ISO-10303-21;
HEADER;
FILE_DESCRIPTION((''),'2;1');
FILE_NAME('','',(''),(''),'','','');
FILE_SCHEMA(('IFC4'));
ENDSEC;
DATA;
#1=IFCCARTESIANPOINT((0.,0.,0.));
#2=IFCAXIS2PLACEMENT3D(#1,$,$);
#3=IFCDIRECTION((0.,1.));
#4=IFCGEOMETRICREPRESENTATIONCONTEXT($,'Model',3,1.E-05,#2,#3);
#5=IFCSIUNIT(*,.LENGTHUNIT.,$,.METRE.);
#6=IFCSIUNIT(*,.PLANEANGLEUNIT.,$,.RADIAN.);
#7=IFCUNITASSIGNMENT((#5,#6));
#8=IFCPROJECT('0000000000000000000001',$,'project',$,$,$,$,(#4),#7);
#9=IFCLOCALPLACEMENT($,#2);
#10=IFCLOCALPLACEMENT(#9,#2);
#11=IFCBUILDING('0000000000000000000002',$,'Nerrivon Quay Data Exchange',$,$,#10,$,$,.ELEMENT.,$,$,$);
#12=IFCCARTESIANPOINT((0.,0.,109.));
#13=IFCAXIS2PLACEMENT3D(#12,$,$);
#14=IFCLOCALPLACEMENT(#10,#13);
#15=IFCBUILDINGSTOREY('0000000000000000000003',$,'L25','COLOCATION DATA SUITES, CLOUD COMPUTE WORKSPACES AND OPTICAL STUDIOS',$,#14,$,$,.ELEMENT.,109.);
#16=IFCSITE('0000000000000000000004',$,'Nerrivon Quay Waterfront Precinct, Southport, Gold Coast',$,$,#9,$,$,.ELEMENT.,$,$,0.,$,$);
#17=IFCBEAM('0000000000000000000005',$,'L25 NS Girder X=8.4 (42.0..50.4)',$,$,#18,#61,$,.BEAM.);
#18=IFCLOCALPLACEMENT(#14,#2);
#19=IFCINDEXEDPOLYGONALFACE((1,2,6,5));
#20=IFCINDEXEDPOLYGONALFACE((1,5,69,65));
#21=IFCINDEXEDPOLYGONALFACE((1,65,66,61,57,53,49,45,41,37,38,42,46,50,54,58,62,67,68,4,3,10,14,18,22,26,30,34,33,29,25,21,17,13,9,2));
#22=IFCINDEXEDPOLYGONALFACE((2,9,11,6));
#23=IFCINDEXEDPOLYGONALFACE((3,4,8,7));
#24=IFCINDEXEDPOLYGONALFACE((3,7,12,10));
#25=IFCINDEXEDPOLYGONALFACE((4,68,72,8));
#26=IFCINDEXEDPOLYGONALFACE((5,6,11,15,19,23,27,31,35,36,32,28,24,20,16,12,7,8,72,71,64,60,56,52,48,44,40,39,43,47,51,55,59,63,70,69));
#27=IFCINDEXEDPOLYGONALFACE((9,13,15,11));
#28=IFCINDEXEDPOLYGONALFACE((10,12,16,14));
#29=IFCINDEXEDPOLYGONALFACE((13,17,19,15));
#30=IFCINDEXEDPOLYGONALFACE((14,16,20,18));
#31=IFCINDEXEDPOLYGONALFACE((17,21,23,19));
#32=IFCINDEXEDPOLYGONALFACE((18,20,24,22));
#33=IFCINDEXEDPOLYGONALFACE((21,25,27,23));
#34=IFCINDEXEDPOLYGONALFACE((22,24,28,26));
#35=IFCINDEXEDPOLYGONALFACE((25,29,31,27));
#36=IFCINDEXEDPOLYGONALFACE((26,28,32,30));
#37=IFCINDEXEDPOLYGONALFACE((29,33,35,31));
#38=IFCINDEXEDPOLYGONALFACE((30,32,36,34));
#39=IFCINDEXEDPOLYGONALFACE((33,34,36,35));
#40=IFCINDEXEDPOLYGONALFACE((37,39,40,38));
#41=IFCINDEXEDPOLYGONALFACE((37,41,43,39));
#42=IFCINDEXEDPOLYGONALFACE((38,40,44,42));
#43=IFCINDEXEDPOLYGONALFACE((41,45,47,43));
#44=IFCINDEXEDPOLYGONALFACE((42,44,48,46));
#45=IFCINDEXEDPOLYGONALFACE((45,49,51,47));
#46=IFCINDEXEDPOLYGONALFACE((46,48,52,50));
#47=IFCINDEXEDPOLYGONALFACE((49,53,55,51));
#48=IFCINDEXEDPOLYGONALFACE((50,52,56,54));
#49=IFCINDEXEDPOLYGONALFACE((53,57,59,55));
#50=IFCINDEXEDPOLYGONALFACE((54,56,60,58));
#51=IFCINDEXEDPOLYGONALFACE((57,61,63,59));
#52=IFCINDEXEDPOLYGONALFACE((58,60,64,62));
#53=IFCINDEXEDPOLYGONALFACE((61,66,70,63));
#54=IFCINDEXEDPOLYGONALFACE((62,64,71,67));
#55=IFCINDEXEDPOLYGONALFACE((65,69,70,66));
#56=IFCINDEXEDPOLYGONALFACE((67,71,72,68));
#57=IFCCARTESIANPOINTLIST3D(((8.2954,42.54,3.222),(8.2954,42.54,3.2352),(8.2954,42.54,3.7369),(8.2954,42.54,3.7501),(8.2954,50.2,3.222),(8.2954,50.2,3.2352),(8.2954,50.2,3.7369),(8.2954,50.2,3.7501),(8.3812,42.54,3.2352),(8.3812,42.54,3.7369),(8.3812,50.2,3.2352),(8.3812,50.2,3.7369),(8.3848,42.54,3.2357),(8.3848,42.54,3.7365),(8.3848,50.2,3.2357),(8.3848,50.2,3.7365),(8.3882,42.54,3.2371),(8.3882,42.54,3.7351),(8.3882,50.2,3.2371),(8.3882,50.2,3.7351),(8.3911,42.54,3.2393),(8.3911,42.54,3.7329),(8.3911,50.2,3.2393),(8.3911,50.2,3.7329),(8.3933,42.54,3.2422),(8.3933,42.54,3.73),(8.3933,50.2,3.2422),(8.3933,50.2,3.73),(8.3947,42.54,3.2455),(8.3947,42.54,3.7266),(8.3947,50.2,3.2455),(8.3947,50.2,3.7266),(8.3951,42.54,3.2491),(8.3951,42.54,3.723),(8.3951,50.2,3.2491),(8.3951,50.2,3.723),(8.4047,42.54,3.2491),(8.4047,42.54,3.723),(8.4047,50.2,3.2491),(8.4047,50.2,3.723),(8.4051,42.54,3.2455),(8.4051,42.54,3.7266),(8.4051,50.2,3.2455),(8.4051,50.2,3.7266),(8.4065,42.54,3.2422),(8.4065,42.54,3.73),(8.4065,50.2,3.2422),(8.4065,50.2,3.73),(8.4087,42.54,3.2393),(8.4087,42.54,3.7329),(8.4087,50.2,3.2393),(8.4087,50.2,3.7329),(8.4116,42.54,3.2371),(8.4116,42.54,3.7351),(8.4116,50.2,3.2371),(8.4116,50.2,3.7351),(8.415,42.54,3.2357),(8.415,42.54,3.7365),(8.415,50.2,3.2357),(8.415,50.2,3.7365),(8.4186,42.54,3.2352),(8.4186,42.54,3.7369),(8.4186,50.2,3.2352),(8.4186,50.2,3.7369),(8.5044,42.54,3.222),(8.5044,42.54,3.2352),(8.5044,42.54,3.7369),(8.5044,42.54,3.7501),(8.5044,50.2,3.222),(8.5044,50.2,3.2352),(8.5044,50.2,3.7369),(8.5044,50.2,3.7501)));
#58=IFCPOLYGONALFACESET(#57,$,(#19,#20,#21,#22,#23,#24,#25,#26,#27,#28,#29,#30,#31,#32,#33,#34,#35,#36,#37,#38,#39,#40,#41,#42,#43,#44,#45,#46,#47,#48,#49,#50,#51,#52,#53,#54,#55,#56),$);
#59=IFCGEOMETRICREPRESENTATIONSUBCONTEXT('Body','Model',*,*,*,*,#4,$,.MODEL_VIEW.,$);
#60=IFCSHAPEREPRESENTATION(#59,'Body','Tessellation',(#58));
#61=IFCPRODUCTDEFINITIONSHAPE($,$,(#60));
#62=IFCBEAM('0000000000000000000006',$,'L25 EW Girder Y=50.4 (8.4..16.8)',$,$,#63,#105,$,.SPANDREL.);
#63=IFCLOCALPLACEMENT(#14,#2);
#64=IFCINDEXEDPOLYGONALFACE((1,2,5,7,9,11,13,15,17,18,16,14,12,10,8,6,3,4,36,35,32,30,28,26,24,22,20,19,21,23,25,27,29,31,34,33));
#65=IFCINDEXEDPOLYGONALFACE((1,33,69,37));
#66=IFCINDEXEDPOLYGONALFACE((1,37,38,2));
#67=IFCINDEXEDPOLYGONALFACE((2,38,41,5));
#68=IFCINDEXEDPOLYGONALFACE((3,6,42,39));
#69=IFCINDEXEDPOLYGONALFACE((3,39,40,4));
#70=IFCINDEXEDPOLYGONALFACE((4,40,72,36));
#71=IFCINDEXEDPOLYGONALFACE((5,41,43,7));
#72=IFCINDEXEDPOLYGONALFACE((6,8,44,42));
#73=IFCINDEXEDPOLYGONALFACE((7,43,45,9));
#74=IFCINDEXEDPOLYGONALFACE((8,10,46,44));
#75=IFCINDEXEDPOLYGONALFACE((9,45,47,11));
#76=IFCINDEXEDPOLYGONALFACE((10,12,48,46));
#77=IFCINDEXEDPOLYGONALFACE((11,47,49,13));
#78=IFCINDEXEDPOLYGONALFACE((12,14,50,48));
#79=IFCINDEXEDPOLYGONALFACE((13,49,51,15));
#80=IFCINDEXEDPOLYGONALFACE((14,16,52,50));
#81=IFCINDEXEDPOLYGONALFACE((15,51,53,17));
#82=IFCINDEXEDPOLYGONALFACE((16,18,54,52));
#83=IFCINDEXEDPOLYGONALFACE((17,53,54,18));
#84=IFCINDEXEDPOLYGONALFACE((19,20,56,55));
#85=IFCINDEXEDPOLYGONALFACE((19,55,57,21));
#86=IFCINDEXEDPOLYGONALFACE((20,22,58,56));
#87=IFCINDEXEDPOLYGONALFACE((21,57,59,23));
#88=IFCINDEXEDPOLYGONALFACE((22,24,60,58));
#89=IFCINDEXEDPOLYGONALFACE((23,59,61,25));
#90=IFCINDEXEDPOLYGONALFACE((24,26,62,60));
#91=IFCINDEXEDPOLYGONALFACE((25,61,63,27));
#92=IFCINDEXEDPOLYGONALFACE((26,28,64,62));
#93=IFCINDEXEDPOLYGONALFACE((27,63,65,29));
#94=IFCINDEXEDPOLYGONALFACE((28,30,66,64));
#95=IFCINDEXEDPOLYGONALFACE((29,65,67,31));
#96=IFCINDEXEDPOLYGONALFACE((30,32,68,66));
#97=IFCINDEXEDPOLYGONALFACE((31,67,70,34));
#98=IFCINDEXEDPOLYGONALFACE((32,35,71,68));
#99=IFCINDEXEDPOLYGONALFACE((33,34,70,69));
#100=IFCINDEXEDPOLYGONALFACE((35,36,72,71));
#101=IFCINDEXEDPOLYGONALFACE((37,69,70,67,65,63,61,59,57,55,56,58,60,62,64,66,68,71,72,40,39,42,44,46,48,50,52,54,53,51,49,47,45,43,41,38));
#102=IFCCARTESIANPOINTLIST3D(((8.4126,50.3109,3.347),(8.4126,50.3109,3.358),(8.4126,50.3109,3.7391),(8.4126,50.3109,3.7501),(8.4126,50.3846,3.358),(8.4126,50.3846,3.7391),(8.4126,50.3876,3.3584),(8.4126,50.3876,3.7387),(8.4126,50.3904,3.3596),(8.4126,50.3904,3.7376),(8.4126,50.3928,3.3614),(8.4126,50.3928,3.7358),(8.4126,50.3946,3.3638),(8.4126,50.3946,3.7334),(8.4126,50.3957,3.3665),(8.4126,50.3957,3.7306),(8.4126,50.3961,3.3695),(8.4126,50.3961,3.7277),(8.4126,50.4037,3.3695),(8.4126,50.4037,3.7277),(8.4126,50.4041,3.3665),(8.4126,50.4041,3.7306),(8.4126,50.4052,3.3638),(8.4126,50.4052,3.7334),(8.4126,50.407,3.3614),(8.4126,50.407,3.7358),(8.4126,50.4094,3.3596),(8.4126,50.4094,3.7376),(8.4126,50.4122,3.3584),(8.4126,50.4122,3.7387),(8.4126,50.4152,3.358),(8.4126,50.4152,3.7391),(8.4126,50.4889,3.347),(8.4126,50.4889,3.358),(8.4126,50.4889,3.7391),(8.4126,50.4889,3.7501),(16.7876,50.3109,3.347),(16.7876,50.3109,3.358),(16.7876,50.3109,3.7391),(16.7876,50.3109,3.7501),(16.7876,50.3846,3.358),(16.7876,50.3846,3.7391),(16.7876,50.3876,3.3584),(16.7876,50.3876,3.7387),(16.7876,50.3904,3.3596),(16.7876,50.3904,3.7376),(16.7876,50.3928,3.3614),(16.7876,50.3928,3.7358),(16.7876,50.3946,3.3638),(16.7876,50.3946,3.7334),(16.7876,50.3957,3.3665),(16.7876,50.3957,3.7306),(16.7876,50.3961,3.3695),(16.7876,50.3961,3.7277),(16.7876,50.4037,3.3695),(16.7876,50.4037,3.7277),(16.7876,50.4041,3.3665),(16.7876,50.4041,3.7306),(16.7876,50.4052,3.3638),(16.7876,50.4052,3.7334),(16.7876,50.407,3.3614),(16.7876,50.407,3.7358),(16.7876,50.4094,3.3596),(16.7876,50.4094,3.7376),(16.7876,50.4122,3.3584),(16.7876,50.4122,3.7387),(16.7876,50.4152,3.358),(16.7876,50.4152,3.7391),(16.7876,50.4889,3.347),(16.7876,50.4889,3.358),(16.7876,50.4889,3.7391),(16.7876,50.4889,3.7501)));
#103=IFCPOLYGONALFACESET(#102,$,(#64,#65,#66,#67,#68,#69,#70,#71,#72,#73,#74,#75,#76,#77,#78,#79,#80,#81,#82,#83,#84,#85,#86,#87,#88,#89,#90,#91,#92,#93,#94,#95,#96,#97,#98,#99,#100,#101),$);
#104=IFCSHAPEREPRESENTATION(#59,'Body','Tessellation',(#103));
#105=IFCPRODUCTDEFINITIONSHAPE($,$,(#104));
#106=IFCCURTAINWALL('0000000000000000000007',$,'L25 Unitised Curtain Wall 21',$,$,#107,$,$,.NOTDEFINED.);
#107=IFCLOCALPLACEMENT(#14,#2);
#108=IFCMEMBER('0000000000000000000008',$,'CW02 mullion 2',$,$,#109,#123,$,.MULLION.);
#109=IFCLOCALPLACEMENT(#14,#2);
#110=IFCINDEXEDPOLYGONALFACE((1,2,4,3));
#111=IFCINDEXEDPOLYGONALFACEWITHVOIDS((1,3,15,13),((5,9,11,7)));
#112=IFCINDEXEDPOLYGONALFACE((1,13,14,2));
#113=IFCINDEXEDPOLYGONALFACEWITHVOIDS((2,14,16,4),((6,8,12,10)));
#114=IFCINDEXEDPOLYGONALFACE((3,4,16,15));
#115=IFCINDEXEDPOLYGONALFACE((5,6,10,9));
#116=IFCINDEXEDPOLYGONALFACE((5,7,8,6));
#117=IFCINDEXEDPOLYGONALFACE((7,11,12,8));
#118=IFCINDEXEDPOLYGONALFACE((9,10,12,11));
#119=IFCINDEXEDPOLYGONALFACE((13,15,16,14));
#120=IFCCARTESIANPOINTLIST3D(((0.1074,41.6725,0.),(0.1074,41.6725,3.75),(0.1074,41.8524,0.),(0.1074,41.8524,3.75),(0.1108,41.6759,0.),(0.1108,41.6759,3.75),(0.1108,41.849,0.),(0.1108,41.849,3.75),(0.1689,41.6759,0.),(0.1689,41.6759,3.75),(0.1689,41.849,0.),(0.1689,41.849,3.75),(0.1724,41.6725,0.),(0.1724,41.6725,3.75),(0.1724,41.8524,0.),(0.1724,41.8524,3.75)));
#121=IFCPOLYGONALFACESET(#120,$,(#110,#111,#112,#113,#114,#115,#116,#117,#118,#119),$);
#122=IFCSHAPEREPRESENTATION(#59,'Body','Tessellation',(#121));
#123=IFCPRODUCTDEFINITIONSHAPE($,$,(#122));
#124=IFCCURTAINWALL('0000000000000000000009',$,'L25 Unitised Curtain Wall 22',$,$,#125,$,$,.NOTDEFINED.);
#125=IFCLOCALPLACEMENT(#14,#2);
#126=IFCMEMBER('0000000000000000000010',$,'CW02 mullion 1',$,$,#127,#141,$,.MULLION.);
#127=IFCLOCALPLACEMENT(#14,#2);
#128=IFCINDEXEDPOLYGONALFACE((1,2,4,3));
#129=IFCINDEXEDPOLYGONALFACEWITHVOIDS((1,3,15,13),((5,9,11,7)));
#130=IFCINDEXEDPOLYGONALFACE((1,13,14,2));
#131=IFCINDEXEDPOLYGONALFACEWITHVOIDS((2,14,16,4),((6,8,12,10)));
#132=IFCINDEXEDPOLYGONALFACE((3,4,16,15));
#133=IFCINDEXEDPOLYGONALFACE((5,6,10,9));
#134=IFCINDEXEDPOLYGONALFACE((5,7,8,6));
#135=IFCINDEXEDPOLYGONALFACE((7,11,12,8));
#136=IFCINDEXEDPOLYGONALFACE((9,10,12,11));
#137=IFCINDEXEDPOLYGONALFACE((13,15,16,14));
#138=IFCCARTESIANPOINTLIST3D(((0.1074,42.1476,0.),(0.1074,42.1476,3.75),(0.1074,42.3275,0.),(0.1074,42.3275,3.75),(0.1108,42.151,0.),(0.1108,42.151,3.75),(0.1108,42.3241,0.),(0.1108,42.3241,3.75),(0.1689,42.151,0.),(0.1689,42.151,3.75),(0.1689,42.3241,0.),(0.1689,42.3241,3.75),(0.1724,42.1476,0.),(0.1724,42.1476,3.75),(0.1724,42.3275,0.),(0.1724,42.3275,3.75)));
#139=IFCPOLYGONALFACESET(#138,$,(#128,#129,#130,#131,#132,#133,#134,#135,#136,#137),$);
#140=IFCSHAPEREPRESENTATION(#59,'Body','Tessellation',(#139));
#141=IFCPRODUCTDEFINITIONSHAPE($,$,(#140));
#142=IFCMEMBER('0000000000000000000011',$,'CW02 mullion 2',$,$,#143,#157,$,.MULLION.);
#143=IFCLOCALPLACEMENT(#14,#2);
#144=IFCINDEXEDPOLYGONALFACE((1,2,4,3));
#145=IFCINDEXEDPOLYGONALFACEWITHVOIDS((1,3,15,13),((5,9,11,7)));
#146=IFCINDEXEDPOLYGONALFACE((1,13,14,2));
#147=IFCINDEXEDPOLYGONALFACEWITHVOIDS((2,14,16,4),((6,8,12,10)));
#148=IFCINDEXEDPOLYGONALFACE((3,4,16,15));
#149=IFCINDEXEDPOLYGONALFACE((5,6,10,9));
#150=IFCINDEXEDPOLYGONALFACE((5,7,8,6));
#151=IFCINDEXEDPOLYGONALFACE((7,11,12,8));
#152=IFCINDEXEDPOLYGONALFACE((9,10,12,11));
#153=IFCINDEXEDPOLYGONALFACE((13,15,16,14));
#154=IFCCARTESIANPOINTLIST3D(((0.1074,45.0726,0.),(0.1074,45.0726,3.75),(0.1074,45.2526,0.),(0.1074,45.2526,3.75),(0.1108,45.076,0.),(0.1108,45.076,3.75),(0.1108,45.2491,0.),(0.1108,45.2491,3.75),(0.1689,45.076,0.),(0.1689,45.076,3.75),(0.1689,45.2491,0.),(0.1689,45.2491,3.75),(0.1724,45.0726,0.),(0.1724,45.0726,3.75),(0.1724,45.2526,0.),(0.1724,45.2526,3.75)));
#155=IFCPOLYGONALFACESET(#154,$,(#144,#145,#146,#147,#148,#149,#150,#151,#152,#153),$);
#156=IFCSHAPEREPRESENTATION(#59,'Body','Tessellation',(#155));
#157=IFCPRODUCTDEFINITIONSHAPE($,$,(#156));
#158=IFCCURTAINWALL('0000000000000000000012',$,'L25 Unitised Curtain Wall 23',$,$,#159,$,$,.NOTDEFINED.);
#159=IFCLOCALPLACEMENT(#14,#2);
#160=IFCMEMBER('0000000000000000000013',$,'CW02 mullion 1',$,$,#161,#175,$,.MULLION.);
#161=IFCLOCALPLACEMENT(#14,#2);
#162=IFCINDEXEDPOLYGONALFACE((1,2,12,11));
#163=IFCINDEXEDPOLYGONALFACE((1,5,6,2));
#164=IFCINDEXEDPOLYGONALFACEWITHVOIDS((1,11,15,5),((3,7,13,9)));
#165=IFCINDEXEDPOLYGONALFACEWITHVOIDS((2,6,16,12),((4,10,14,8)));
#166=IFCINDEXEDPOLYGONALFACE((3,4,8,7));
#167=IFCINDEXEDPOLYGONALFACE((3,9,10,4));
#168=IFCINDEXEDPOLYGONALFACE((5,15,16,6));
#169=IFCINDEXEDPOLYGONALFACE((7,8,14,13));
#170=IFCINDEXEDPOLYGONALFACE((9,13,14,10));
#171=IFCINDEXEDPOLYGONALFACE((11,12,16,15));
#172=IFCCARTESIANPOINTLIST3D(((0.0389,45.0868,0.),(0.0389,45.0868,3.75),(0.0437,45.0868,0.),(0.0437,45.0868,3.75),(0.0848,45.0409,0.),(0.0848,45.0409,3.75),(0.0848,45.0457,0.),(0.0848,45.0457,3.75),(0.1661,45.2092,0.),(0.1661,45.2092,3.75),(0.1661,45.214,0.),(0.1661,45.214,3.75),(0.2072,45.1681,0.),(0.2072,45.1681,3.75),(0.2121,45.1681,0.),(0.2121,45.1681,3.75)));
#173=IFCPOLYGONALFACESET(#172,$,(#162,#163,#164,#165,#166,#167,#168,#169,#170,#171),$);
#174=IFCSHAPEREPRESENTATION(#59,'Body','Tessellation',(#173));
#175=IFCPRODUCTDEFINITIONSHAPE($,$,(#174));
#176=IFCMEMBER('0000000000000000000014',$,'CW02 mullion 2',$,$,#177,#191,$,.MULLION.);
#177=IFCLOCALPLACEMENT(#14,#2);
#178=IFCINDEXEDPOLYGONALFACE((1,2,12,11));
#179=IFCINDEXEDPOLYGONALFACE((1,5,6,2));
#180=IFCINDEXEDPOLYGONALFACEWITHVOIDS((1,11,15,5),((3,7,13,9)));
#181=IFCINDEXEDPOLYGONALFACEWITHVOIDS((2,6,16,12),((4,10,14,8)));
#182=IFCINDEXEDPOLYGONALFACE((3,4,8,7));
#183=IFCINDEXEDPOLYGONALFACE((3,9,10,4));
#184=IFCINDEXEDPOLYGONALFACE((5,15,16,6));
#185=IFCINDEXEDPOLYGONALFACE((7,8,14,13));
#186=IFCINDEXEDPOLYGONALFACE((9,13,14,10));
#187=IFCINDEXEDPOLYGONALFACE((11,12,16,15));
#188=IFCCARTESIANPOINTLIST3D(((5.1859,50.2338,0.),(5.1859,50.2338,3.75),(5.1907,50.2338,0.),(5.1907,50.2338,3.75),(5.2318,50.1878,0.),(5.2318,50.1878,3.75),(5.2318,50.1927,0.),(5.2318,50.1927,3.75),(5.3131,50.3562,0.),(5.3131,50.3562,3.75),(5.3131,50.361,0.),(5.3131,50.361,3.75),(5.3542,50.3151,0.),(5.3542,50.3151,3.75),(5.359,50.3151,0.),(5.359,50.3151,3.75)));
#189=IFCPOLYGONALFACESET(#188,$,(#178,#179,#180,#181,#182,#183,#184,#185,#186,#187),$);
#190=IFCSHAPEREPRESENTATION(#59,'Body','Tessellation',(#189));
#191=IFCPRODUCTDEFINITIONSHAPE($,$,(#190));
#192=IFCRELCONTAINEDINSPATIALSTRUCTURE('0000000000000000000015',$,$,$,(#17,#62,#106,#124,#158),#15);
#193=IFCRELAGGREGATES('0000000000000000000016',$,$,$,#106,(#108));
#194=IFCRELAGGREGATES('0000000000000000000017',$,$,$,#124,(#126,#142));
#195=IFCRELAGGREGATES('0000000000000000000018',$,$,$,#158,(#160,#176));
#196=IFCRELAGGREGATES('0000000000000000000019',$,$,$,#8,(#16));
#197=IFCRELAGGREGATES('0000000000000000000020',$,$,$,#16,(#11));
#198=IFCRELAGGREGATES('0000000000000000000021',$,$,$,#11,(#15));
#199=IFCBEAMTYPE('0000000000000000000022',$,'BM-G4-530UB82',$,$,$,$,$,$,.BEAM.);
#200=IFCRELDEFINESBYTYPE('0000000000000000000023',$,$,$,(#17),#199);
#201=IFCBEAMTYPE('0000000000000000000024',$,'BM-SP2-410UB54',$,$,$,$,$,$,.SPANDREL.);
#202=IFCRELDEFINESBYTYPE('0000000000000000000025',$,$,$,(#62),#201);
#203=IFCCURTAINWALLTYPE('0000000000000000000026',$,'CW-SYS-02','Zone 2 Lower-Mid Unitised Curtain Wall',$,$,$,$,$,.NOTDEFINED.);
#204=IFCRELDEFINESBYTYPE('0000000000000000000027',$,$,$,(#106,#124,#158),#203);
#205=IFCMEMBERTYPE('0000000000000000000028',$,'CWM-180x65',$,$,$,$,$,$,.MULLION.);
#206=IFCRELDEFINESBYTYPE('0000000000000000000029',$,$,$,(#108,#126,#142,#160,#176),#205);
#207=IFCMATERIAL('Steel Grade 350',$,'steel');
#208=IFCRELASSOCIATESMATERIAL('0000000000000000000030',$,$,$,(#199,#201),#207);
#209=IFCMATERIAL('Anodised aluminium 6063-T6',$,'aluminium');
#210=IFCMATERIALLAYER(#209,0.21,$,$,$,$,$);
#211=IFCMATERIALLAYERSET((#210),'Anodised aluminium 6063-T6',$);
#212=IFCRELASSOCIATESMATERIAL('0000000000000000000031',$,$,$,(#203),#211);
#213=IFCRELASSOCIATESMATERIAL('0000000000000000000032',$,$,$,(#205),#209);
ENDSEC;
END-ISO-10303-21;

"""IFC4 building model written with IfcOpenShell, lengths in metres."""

from ifc_helpers import new_model, si_unit, direction, frame, origin, origin_2d, place, context, subcontext, project, spatial, hollow_rectangle, i_section, extrude, material, layer, layer_set, material_profile, profile_set, type_object, element, aggregate, save


model = new_model("IFC4")

# Units and contexts
model_context = context("Model", 3, precision=1e-05, world=origin(), true_north=direction((0.0, 1.0)))
body_context = subcontext(model_context, "Body", "Model", "MODEL_VIEW")
ifc_project = project(units=[si_unit("LENGTHUNIT", "METRE"), si_unit("PLANEANGLEUNIT", "RADIAN")], contexts=[model_context])

# Site, building, storey
site_placement = place(None, origin())
site = spatial("IfcSite", under=ifc_project, at=site_placement, Name="Nerrivon Quay Waterfront Precinct, Southport, Gold Coast", CompositionType="ELEMENT", RefElevation=0.0)
building_placement = place(site_placement, origin())
building = spatial("IfcBuilding", under=site, at=building_placement, Name="Nerrivon Quay Data Exchange", CompositionType="ELEMENT")
storey_placement = place(building_placement, frame((0.0, 0.0, 109.0)))
storey = spatial("IfcBuildingStorey", under=building, at=storey_placement, Name="L25", Description="COLOCATION DATA SUITES, CLOUD COMPUTE WORKSPACES AND OPTICAL STUDIOS", CompositionType="ELEMENT", Elevation=109.0)

# Shared definitions
ifc_material_1 = material(Name="Steel Grade 350", Category="steel")

# Beams
ifc_material_profile_1 = material_profile(ifc_material_1, i_section(OverallWidth=0.209, OverallDepth=0.5281, WebThickness=0.0095, FlangeThickness=0.0132, FilletRadius=0.0139, at=origin_2d()), Name="530UB82.0")
ifc_profile_set_1 = profile_set([ifc_material_profile_1], Name="Steel Grade 350")
beam_type_1 = type_object("IfcBeamType", Name="BM-G4-530UB82", PredefinedType="BEAM", material=ifc_profile_set_1)
beam_1_placement = place(storey_placement, frame((8.3999, 42.54, 3.4861), z_axis=(0.0, 1.0, 0.0), x_axis=(-1.0, 0.0, 0.0)))
element("IfcBeam", 1, at=beam_1_placement, inside=storey, type_object=beam_type_1, Name="L25 NS Girder X=8.4 (42.0..50.4)", PredefinedType="BEAM", context=body_context, shape_type="SweptSolid", body=[
    extrude(i_section(OverallWidth=0.209, OverallDepth=0.5281, WebThickness=0.0095, FlangeThickness=0.0132, FilletRadius=0.0139, at=origin_2d()), origin(), (0.0, 0.0, 1.0), 7.6599),
])
ifc_material_profile_2 = material_profile(ifc_material_1, i_section(OverallWidth=0.178, OverallDepth=0.4031, WebThickness=0.0076, FlangeThickness=0.011, FilletRadius=0.0115, at=origin_2d()), Name="410UB53.7")
ifc_profile_set_2 = profile_set([ifc_material_profile_2], Name="Steel Grade 350")
beam_type_2 = type_object("IfcBeamType", Name="BM-SP2-410UB54", PredefinedType="SPANDREL", material=ifc_profile_set_2)
beam_2_placement = place(storey_placement, frame((8.4126, 50.3999, 3.5486), z_axis=(1.0, 0.0, 0.0), x_axis=(0.0, 1.0, 0.0)))
element("IfcBeam", 2, at=beam_2_placement, inside=storey, type_object=beam_type_2, Name="L25 EW Girder Y=50.4 (8.4..16.8)", PredefinedType="SPANDREL", context=body_context, shape_type="SweptSolid", body=[
    extrude(i_section(OverallWidth=0.178, OverallDepth=0.4031, WebThickness=0.0076, FlangeThickness=0.011, FilletRadius=0.0115, at=origin_2d()), origin(), (0.0, 0.0, 1.0), 8.375),
])

# Curtain wall, member
ifc_material_2 = material(Name="Anodised aluminium 6063-T6", Category="aluminium")
ifc_layer_1 = layer(ifc_material_2, 0.21)
ifc_layer_set_1 = layer_set([ifc_layer_1], Name="Anodised aluminium 6063-T6")
curtain_wall_type = type_object("IfcCurtainWallType", Name="CW-SYS-02", Description="Zone 2 Lower-Mid Unitised Curtain Wall", PredefinedType="NOTDEFINED", material=ifc_layer_set_1)
curtain_wall_1_placement = place(storey_placement, origin())
curtain_wall_1 = element("IfcCurtainWall", 3, at=curtain_wall_1_placement, inside=storey, type_object=curtain_wall_type, Name="L25 Unitised Curtain Wall 21", PredefinedType="NOTDEFINED")
ifc_material_profile_3 = material_profile(ifc_material_2, hollow_rectangle(XDim=0.0649, YDim=0.1799, WallThickness=0.0034, at=origin_2d()), Name="ALU-MULL-180x65")
ifc_profile_set_3 = profile_set([ifc_material_profile_3], Name="Anodised aluminium 6063-T6")
member_type_1 = type_object("IfcMemberType", Name="CWM-180x65", PredefinedType="MULLION", material=ifc_profile_set_3)
member_1_placement = place(storey_placement, frame((0.1399, 41.7625, 0.0), z_axis=(0.0, 0.0, 1.0), x_axis=(-1.0, 0.0, 0.0)))
member_1 = element("IfcMember", 4, at=member_1_placement, type_object=member_type_1, Name="CW02 mullion 2", PredefinedType="MULLION", context=body_context, shape_type="SweptSolid", body=[
    extrude(hollow_rectangle(XDim=0.0649, YDim=0.1799, WallThickness=0.0034, at=origin_2d()), origin(), (0.0, 0.0, 1.0), 3.75),
])

# Curtain walls, members
curtain_wall_2_placement = place(storey_placement, origin())
curtain_wall_2 = element("IfcCurtainWall", 5, at=curtain_wall_2_placement, inside=storey, type_object=curtain_wall_type, Name="L25 Unitised Curtain Wall 22", PredefinedType="NOTDEFINED")
member_2_placement = place(storey_placement, frame((0.1399, 42.2375, 0.0), z_axis=(0.0, 0.0, 1.0), x_axis=(-1.0, 0.0, 0.0)))
member_2 = element("IfcMember", 6, at=member_2_placement, type_object=member_type_1, Name="CW02 mullion 1", PredefinedType="MULLION", context=body_context, shape_type="SweptSolid", body=[
    extrude(hollow_rectangle(XDim=0.0649, YDim=0.1799, WallThickness=0.0034, at=origin_2d()), origin(), (0.0, 0.0, 1.0), 3.75),
])
member_3_placement = place(storey_placement, frame((0.1399, 45.1626, 0.0), z_axis=(0.0, 0.0, 1.0), x_axis=(-1.0, 0.0, 0.0)))
member_3 = element("IfcMember", 7, at=member_3_placement, type_object=member_type_1, Name="CW02 mullion 2", PredefinedType="MULLION", context=body_context, shape_type="SweptSolid", body=[
    extrude(hollow_rectangle(XDim=0.0649, YDim=0.1799, WallThickness=0.0034, at=origin_2d()), origin(), (0.0, 0.0, 1.0), 3.75),
])
curtain_wall_3_placement = place(storey_placement, origin())
curtain_wall_3 = element("IfcCurtainWall", 8, at=curtain_wall_3_placement, inside=storey, type_object=curtain_wall_type, Name="L25 Unitised Curtain Wall 23", PredefinedType="NOTDEFINED")
member_4_placement = place(storey_placement, frame((0.1255, 45.1274, 0.0), z_axis=(0.0, 0.0, 1.0), x_axis=(-0.707107, 0.707107, 0.0)))
member_4 = element("IfcMember", 9, at=member_4_placement, type_object=member_type_1, Name="CW02 mullion 1", PredefinedType="MULLION", context=body_context, shape_type="SweptSolid", body=[
    extrude(hollow_rectangle(XDim=0.0649, YDim=0.1799, WallThickness=0.0034, at=origin_2d()), origin(), (0.0, 0.0, 1.0), 3.75),
])
member_5_placement = place(storey_placement, frame((5.2725, 50.2744, 0.0), z_axis=(0.0, 0.0, 1.0), x_axis=(-0.707107, 0.707107, 0.0)))
member_5 = element("IfcMember", 10, at=member_5_placement, type_object=member_type_1, Name="CW02 mullion 2", PredefinedType="MULLION", context=body_context, shape_type="SweptSolid", body=[
    extrude(hollow_rectangle(XDim=0.0649, YDim=0.1799, WallThickness=0.0034, at=origin_2d()), origin(), (0.0, 0.0, 1.0), 3.75),
])

aggregate(curtain_wall_1, [member_1])
aggregate(curtain_wall_2, [member_2, member_3])
aggregate(curtain_wall_3, [member_4, member_5])

save(model, "model.ifc")
